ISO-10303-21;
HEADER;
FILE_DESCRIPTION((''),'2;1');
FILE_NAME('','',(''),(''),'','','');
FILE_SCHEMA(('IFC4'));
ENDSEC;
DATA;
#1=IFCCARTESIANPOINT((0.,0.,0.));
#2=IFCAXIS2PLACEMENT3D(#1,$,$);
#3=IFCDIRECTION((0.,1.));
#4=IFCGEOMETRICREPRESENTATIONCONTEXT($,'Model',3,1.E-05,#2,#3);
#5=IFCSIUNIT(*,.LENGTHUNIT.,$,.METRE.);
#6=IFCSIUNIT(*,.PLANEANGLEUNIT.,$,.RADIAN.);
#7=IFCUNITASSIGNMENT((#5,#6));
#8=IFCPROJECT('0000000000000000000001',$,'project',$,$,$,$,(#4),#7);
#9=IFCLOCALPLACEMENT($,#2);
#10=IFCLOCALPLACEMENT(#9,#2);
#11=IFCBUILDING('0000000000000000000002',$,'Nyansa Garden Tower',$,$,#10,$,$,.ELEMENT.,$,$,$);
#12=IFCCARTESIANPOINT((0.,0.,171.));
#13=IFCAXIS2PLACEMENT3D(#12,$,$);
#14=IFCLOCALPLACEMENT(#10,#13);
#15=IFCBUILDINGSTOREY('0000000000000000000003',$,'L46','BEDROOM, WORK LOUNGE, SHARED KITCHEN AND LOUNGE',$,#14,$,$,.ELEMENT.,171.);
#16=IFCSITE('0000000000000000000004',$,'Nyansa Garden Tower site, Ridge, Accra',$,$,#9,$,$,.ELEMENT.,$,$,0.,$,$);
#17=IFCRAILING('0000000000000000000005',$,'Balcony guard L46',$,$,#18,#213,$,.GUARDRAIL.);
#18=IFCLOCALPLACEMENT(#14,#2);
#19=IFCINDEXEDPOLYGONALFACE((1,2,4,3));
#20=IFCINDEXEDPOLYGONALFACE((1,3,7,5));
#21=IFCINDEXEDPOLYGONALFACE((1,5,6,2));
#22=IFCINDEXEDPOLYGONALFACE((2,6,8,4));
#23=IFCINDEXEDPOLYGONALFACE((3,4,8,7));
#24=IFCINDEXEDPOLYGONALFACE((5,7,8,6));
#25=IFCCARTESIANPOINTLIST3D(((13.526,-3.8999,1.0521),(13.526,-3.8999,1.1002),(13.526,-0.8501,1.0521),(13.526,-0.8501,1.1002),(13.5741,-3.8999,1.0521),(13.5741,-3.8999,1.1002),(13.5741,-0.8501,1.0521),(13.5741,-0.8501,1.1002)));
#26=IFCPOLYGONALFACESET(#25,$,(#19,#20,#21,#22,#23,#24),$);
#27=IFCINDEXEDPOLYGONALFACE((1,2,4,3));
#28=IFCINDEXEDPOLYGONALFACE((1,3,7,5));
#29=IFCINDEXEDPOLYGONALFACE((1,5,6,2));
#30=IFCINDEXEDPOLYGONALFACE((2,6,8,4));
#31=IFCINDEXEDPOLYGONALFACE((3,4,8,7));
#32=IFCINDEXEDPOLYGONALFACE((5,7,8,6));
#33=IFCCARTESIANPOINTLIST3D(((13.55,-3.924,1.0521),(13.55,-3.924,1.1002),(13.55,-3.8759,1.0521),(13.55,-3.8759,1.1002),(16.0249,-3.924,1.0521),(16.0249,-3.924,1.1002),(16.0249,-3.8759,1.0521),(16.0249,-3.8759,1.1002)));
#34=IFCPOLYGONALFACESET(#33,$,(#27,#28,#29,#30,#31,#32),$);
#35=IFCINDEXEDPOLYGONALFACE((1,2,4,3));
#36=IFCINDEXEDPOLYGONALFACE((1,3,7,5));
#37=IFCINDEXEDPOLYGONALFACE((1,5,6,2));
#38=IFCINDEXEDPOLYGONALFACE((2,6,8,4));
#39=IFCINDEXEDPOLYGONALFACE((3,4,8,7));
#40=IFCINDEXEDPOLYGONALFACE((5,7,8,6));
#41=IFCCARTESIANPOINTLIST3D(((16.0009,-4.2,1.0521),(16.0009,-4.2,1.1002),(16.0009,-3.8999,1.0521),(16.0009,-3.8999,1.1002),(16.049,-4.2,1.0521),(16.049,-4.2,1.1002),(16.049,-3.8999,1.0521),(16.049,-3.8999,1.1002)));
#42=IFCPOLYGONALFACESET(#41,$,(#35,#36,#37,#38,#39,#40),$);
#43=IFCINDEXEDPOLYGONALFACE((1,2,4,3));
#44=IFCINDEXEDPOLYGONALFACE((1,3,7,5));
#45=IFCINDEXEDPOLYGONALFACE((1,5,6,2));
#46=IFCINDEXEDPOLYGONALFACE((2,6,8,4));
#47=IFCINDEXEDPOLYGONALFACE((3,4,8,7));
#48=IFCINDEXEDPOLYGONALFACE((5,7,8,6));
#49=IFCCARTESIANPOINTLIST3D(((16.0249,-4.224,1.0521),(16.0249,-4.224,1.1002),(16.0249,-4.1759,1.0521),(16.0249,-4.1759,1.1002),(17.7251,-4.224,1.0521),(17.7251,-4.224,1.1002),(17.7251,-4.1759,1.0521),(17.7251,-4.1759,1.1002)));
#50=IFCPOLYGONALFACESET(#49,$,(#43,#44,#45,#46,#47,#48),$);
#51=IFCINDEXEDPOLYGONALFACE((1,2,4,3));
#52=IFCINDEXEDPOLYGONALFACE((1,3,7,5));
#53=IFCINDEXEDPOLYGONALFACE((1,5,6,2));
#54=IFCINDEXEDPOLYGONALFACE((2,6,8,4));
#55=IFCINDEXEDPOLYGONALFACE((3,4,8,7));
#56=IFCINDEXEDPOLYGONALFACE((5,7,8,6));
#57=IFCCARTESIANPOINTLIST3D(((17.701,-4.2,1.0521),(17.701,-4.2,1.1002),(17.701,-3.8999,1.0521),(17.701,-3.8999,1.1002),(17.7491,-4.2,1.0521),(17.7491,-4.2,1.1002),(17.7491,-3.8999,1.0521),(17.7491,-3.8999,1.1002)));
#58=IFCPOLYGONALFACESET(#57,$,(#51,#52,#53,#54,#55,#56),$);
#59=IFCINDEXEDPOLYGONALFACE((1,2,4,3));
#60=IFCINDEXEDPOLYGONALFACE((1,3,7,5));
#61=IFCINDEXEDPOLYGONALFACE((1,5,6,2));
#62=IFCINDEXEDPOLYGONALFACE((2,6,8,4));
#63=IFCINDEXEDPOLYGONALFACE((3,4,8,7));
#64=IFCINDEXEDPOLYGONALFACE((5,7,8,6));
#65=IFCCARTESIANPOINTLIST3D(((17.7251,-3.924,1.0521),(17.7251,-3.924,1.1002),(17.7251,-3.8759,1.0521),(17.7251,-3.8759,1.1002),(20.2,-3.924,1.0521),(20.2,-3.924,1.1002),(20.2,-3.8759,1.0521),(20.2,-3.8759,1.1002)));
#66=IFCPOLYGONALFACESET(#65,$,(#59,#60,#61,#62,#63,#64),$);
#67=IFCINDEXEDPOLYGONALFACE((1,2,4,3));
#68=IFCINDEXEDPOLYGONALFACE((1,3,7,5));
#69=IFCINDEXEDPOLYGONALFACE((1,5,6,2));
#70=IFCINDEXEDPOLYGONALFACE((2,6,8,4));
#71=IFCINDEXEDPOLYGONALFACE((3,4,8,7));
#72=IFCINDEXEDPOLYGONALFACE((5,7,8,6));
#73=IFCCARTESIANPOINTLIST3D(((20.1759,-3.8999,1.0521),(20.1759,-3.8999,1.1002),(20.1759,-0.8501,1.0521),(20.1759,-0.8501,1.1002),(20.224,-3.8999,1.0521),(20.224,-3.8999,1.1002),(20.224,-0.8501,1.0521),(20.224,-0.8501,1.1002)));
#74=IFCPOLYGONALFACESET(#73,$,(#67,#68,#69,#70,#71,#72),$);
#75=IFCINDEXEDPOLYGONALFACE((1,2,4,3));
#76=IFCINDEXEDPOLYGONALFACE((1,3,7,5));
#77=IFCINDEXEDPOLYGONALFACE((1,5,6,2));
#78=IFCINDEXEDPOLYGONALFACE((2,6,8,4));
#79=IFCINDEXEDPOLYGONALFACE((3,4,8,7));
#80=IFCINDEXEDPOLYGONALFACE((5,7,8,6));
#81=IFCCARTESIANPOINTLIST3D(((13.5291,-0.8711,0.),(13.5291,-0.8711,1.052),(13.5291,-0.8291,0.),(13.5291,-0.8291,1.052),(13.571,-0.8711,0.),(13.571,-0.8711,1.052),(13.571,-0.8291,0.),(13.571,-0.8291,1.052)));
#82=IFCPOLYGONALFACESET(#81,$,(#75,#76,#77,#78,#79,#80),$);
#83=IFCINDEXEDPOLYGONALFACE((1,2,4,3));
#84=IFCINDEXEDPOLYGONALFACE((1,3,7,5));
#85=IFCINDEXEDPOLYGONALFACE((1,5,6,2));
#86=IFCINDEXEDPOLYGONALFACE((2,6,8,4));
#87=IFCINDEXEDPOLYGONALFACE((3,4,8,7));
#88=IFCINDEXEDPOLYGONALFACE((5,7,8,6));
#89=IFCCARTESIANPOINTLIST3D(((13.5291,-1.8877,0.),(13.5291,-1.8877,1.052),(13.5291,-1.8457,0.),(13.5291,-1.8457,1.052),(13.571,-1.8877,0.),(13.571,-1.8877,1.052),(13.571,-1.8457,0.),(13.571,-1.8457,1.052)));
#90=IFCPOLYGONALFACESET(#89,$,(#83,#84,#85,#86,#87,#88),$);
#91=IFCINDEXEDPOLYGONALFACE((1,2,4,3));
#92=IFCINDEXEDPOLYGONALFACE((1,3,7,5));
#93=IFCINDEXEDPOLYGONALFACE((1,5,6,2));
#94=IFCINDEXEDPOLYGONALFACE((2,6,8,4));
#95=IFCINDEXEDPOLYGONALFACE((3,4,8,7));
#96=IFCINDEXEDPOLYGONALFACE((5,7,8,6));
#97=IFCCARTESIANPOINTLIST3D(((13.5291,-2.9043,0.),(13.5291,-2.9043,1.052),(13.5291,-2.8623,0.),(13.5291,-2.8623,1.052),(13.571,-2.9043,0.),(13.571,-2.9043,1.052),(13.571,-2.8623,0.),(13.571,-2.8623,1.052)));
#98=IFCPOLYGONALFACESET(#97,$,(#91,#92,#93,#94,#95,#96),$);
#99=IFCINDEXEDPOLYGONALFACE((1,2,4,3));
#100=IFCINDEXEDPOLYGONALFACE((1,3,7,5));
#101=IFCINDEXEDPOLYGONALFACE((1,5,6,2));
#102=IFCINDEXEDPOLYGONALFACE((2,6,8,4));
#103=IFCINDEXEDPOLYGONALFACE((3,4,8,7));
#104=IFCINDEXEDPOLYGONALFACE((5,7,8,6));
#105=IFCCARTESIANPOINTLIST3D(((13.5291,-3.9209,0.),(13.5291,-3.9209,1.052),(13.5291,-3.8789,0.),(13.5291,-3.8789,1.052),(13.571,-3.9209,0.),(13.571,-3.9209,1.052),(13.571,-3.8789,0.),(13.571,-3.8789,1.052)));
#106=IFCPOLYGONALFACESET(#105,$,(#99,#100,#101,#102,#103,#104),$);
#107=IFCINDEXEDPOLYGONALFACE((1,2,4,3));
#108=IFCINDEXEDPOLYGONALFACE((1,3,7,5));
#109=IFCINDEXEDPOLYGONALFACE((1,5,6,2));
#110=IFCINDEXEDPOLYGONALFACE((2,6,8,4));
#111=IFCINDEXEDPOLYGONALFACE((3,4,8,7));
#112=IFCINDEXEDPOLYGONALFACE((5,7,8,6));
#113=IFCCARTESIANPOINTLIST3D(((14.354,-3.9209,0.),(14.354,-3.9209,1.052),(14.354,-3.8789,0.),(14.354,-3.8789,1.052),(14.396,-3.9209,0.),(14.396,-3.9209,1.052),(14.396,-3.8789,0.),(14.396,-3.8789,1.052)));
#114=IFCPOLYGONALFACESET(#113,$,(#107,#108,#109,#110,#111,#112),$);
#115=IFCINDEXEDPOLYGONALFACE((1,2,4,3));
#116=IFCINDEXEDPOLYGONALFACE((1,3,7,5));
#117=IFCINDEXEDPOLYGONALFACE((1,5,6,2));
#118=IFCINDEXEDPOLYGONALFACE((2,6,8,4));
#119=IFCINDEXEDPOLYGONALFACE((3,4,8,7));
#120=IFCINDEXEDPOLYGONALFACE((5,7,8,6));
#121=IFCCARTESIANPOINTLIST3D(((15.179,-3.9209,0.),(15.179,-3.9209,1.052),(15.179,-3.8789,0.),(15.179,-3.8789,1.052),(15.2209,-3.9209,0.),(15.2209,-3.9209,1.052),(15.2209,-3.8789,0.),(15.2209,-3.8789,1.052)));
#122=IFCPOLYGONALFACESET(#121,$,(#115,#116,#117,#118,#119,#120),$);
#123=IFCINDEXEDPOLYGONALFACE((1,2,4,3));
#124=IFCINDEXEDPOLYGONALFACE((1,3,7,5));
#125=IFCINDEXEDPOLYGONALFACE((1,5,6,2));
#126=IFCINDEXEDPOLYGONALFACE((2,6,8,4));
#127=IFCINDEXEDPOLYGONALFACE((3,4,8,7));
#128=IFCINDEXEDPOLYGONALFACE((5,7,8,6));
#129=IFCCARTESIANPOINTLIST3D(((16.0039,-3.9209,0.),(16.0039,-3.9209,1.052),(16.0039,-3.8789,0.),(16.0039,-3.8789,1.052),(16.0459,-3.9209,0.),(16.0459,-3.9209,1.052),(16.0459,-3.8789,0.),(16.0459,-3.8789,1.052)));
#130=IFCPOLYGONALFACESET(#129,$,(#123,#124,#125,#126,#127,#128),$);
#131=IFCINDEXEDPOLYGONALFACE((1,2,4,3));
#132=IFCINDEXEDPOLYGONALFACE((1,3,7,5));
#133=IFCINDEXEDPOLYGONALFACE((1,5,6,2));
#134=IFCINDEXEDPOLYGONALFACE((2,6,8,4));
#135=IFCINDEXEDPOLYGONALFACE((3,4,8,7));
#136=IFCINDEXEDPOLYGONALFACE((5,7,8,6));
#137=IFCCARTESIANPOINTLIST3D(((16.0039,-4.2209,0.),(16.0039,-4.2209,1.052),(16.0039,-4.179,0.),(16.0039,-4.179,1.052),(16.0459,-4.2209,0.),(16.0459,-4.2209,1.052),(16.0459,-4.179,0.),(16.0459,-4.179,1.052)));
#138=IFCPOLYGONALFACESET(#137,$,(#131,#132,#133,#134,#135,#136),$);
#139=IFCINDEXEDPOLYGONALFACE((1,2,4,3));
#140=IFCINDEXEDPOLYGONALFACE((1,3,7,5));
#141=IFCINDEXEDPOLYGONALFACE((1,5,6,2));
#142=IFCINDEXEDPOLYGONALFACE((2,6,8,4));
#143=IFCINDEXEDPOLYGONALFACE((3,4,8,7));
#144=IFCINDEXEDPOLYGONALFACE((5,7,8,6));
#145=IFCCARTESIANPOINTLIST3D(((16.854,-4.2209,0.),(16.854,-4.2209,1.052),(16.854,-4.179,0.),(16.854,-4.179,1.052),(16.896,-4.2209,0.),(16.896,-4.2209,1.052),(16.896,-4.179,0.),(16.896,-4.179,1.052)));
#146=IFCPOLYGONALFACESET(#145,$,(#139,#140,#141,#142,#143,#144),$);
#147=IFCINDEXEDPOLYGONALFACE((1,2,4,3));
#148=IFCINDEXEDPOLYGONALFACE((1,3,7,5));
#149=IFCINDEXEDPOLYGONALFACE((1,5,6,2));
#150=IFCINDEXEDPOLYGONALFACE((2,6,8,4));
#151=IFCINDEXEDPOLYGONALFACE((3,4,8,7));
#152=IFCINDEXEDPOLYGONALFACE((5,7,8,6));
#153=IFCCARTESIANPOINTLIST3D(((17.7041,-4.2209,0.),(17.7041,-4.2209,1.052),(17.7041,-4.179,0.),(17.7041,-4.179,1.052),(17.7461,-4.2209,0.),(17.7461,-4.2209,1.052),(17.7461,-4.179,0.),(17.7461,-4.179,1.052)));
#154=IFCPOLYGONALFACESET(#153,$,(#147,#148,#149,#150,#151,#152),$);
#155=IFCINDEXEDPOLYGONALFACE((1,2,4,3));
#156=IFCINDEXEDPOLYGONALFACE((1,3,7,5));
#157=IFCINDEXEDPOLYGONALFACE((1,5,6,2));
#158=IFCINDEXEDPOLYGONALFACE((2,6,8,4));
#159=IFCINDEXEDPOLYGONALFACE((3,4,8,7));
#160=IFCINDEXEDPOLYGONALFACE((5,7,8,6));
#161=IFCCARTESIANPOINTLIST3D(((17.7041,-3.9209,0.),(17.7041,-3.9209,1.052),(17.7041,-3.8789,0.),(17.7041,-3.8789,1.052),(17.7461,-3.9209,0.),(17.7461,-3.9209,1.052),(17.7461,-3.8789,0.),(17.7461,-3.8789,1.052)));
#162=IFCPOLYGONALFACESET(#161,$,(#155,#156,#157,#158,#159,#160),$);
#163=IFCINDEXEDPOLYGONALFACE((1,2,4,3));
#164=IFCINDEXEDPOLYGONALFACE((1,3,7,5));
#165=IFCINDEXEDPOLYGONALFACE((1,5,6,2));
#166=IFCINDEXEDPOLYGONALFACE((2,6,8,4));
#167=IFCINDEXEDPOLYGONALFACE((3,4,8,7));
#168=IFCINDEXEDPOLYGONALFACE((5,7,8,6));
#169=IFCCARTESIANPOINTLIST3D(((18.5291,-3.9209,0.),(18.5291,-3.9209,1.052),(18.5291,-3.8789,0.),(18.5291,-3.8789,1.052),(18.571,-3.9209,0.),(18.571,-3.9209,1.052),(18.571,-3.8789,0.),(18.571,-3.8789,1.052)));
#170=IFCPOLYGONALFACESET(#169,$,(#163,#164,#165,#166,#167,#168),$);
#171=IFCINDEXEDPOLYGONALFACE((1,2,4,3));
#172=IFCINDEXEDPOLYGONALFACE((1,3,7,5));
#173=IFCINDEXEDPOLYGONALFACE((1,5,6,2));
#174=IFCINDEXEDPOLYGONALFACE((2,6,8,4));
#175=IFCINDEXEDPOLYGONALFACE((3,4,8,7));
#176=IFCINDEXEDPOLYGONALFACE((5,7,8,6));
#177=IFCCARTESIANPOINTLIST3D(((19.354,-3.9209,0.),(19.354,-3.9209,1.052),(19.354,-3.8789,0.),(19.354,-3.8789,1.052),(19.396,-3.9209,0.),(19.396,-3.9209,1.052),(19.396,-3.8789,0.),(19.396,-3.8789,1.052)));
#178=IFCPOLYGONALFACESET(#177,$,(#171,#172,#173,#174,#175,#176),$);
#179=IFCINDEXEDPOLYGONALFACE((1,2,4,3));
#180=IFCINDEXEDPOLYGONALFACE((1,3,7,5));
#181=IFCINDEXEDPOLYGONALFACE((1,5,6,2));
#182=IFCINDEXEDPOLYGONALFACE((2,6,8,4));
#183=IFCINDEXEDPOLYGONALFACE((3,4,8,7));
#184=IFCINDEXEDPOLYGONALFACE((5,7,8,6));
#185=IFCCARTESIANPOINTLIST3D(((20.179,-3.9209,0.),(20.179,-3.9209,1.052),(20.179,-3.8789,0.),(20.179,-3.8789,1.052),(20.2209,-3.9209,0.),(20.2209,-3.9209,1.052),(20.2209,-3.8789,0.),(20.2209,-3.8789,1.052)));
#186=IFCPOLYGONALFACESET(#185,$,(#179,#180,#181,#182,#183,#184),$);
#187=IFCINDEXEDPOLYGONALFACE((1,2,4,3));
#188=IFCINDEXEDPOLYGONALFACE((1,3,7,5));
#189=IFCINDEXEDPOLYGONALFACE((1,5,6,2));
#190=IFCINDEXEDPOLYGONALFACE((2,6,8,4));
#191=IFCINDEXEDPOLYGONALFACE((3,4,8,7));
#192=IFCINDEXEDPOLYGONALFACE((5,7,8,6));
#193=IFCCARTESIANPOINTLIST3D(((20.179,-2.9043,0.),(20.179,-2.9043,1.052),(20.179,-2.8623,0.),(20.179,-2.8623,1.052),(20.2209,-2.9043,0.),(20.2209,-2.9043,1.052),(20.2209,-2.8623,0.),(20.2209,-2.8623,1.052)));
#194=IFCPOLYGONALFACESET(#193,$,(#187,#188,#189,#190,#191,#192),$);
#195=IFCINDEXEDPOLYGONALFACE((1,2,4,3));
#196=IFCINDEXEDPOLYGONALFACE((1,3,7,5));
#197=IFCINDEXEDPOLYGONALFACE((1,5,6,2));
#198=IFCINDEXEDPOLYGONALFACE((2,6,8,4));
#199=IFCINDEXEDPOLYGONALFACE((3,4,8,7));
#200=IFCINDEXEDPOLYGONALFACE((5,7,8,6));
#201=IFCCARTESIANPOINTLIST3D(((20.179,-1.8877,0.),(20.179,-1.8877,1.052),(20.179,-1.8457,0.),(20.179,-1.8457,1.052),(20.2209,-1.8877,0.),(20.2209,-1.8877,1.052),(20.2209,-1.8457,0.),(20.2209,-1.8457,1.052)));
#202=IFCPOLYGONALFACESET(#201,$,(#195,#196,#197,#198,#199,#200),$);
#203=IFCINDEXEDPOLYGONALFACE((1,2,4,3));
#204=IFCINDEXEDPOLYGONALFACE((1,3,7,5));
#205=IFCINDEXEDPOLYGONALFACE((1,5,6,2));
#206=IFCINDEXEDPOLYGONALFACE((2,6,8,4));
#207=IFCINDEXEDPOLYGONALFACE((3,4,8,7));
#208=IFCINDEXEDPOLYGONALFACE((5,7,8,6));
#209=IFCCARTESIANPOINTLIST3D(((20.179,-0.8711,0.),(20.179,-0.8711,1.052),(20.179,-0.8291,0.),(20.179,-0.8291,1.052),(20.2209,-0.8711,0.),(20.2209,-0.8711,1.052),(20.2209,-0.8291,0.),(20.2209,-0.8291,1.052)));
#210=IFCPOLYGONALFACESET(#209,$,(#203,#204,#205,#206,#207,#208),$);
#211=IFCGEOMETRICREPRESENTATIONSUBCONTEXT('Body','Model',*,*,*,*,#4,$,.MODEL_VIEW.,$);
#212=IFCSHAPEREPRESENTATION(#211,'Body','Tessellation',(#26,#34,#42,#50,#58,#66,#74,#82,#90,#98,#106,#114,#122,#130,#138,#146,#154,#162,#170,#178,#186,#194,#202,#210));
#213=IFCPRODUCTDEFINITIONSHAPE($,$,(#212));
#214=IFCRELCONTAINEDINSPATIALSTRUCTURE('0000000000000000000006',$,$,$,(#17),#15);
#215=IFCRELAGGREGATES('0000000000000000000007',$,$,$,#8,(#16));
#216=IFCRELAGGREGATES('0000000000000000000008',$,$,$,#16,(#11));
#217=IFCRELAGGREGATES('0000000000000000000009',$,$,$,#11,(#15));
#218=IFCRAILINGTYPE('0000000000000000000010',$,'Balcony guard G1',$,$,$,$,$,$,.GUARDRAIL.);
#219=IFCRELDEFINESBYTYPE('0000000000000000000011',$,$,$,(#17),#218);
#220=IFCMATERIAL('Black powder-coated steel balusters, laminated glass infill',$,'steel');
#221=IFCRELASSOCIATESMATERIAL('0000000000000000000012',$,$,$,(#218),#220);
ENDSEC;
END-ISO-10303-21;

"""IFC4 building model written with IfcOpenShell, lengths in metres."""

from ifc_helpers import new_model, si_unit, direction, frame, origin, origin_2d, place, context, subcontext, project, spatial, rectangle, extrude, material, type_object, element, save


model = new_model("IFC4")

# Units and contexts
model_context = context("Model", 3, precision=1e-05, world=origin(), true_north=direction((0.0, 1.0)))
body_context = subcontext(model_context, "Body", "Model", "MODEL_VIEW")
ifc_project = project(units=[si_unit("LENGTHUNIT", "METRE"), si_unit("PLANEANGLEUNIT", "RADIAN")], contexts=[model_context])

# Site, building, storey
site_placement = place(None, origin())
site = spatial("IfcSite", under=ifc_project, at=site_placement, Name="Nyansa Garden Tower site, Ridge, Accra", CompositionType="ELEMENT", RefElevation=0.0)
building_placement = place(site_placement, origin())
building = spatial("IfcBuilding", under=site, at=building_placement, Name="Nyansa Garden Tower", CompositionType="ELEMENT")
storey_placement = place(building_placement, frame((0.0, 0.0, 171.0)))
storey = spatial("IfcBuildingStorey", under=building, at=storey_placement, Name="L46", Description="BEDROOM, WORK LOUNGE, SHARED KITCHEN AND LOUNGE", CompositionType="ELEMENT", Elevation=171.0)

# Railing
ifc_material_1 = material(Name="Black powder-coated steel balusters, laminated glass infill", Category="steel")
railing_type = type_object("IfcRailingType", Name="Balcony guard G1", PredefinedType="GUARDRAIL", material=ifc_material_1)
railing_placement = place(storey_placement, frame((13.55, -0.8501, 0.0)))
element("IfcRailing", 1, at=railing_placement, inside=storey, type_object=railing_type, Name="Balcony guard L46", PredefinedType="GUARDRAIL", context=body_context, shape_type="SweptSolid", body=[
    extrude(rectangle(XDim=0.0481, YDim=0.0481, at=origin_2d()), frame((0.0, 0.0, 1.0762), z_axis=(0.0, -1.0, 0.0), x_axis=(1.0, 0.0, 0.0)), (0.0, 0.0, 1.0), 3.0498),
    extrude(rectangle(XDim=0.0481, YDim=0.0481, at=origin_2d()), frame((0.0, -3.0498, 1.0762), z_axis=(1.0, 0.0, 0.0), x_axis=(0.0, 1.0, 0.0)), (0.0, 0.0, 1.0), 2.4749),
    extrude(rectangle(XDim=0.0481, YDim=0.0481, at=origin_2d()), frame((2.4749, -3.0498, 1.0762), z_axis=(0.0, -1.0, 0.0), x_axis=(1.0, 0.0, 0.0)), (0.0, 0.0, 1.0), 0.3),
    extrude(rectangle(XDim=0.0481, YDim=0.0481, at=origin_2d()), frame((2.4749, -3.3499, 1.0762), z_axis=(1.0, 0.0, 0.0), x_axis=(0.0, 1.0, 0.0)), (0.0, 0.0, 1.0), 1.7002),
    extrude(rectangle(XDim=0.0481, YDim=0.0481, at=origin_2d()), frame((4.175, -3.3499, 1.0762), z_axis=(0.0, 1.0, 0.0), x_axis=(-1.0, 0.0, 0.0)), (0.0, 0.0, 1.0), 0.3),
    extrude(rectangle(XDim=0.0481, YDim=0.0481, at=origin_2d()), frame((4.175, -3.0498, 1.0762), z_axis=(1.0, 0.0, 0.0), x_axis=(0.0, 1.0, 0.0)), (0.0, 0.0, 1.0), 2.4749),
    extrude(rectangle(XDim=0.0481, YDim=0.0481, at=origin_2d()), frame((6.6499, -3.0498, 1.0762), z_axis=(0.0, 1.0, 0.0), x_axis=(-1.0, 0.0, 0.0)), (0.0, 0.0, 1.0), 3.0498),
    extrude(rectangle(XDim=0.042, YDim=0.042, at=origin_2d()), origin(), (0.0, 0.0, 1.0), 1.052),
    extrude(rectangle(XDim=0.042, YDim=0.042, at=origin_2d()), frame((0.0, -1.0166, 0.0)), (0.0, 0.0, 1.0), 1.052),
    extrude(rectangle(XDim=0.042, YDim=0.042, at=origin_2d()), frame((0.0, -2.0332, 0.0)), (0.0, 0.0, 1.0), 1.052),
    extrude(rectangle(XDim=0.042, YDim=0.042, at=origin_2d()), frame((0.0, -3.0498, 0.0)), (0.0, 0.0, 1.0), 1.052),
    extrude(rectangle(XDim=0.042, YDim=0.042, at=origin_2d()), frame((0.825, -3.0498, 0.0)), (0.0, 0.0, 1.0), 1.052),
    extrude(rectangle(XDim=0.042, YDim=0.042, at=origin_2d()), frame((1.6499, -3.0498, 0.0)), (0.0, 0.0, 1.0), 1.052),
    extrude(rectangle(XDim=0.042, YDim=0.042, at=origin_2d()), frame((2.4749, -3.0498, 0.0)), (0.0, 0.0, 1.0), 1.052),
    extrude(rectangle(XDim=0.042, YDim=0.042, at=origin_2d()), frame((2.4749, -3.3499, 0.0)), (0.0, 0.0, 1.0), 1.052),
    extrude(rectangle(XDim=0.042, YDim=0.042, at=origin_2d()), frame((3.325, -3.3499, 0.0)), (0.0, 0.0, 1.0), 1.052),
    extrude(rectangle(XDim=0.042, YDim=0.042, at=origin_2d()), frame((4.175, -3.3499, 0.0)), (0.0, 0.0, 1.0), 1.052),
    extrude(rectangle(XDim=0.042, YDim=0.042, at=origin_2d()), frame((4.175, -3.0498, 0.0)), (0.0, 0.0, 1.0), 1.052),
    extrude(rectangle(XDim=0.042, YDim=0.042, at=origin_2d()), frame((5.0, -3.0498, 0.0)), (0.0, 0.0, 1.0), 1.052),
    extrude(rectangle(XDim=0.042, YDim=0.042, at=origin_2d()), frame((5.825, -3.0498, 0.0)), (0.0, 0.0, 1.0), 1.052),
    extrude(rectangle(XDim=0.042, YDim=0.042, at=origin_2d()), frame((6.6499, -3.0498, 0.0)), (0.0, 0.0, 1.0), 1.052),
    extrude(rectangle(XDim=0.042, YDim=0.042, at=origin_2d()), frame((6.6499, -2.0332, 0.0)), (0.0, 0.0, 1.0), 1.052),
    extrude(rectangle(XDim=0.042, YDim=0.042, at=origin_2d()), frame((6.6499, -1.0166, 0.0)), (0.0, 0.0, 1.0), 1.052),
    extrude(rectangle(XDim=0.042, YDim=0.042, at=origin_2d()), frame((6.6499, 0.0, 0.0)), (0.0, 0.0, 1.0), 1.052),
])

save(model, "model.ifc")
